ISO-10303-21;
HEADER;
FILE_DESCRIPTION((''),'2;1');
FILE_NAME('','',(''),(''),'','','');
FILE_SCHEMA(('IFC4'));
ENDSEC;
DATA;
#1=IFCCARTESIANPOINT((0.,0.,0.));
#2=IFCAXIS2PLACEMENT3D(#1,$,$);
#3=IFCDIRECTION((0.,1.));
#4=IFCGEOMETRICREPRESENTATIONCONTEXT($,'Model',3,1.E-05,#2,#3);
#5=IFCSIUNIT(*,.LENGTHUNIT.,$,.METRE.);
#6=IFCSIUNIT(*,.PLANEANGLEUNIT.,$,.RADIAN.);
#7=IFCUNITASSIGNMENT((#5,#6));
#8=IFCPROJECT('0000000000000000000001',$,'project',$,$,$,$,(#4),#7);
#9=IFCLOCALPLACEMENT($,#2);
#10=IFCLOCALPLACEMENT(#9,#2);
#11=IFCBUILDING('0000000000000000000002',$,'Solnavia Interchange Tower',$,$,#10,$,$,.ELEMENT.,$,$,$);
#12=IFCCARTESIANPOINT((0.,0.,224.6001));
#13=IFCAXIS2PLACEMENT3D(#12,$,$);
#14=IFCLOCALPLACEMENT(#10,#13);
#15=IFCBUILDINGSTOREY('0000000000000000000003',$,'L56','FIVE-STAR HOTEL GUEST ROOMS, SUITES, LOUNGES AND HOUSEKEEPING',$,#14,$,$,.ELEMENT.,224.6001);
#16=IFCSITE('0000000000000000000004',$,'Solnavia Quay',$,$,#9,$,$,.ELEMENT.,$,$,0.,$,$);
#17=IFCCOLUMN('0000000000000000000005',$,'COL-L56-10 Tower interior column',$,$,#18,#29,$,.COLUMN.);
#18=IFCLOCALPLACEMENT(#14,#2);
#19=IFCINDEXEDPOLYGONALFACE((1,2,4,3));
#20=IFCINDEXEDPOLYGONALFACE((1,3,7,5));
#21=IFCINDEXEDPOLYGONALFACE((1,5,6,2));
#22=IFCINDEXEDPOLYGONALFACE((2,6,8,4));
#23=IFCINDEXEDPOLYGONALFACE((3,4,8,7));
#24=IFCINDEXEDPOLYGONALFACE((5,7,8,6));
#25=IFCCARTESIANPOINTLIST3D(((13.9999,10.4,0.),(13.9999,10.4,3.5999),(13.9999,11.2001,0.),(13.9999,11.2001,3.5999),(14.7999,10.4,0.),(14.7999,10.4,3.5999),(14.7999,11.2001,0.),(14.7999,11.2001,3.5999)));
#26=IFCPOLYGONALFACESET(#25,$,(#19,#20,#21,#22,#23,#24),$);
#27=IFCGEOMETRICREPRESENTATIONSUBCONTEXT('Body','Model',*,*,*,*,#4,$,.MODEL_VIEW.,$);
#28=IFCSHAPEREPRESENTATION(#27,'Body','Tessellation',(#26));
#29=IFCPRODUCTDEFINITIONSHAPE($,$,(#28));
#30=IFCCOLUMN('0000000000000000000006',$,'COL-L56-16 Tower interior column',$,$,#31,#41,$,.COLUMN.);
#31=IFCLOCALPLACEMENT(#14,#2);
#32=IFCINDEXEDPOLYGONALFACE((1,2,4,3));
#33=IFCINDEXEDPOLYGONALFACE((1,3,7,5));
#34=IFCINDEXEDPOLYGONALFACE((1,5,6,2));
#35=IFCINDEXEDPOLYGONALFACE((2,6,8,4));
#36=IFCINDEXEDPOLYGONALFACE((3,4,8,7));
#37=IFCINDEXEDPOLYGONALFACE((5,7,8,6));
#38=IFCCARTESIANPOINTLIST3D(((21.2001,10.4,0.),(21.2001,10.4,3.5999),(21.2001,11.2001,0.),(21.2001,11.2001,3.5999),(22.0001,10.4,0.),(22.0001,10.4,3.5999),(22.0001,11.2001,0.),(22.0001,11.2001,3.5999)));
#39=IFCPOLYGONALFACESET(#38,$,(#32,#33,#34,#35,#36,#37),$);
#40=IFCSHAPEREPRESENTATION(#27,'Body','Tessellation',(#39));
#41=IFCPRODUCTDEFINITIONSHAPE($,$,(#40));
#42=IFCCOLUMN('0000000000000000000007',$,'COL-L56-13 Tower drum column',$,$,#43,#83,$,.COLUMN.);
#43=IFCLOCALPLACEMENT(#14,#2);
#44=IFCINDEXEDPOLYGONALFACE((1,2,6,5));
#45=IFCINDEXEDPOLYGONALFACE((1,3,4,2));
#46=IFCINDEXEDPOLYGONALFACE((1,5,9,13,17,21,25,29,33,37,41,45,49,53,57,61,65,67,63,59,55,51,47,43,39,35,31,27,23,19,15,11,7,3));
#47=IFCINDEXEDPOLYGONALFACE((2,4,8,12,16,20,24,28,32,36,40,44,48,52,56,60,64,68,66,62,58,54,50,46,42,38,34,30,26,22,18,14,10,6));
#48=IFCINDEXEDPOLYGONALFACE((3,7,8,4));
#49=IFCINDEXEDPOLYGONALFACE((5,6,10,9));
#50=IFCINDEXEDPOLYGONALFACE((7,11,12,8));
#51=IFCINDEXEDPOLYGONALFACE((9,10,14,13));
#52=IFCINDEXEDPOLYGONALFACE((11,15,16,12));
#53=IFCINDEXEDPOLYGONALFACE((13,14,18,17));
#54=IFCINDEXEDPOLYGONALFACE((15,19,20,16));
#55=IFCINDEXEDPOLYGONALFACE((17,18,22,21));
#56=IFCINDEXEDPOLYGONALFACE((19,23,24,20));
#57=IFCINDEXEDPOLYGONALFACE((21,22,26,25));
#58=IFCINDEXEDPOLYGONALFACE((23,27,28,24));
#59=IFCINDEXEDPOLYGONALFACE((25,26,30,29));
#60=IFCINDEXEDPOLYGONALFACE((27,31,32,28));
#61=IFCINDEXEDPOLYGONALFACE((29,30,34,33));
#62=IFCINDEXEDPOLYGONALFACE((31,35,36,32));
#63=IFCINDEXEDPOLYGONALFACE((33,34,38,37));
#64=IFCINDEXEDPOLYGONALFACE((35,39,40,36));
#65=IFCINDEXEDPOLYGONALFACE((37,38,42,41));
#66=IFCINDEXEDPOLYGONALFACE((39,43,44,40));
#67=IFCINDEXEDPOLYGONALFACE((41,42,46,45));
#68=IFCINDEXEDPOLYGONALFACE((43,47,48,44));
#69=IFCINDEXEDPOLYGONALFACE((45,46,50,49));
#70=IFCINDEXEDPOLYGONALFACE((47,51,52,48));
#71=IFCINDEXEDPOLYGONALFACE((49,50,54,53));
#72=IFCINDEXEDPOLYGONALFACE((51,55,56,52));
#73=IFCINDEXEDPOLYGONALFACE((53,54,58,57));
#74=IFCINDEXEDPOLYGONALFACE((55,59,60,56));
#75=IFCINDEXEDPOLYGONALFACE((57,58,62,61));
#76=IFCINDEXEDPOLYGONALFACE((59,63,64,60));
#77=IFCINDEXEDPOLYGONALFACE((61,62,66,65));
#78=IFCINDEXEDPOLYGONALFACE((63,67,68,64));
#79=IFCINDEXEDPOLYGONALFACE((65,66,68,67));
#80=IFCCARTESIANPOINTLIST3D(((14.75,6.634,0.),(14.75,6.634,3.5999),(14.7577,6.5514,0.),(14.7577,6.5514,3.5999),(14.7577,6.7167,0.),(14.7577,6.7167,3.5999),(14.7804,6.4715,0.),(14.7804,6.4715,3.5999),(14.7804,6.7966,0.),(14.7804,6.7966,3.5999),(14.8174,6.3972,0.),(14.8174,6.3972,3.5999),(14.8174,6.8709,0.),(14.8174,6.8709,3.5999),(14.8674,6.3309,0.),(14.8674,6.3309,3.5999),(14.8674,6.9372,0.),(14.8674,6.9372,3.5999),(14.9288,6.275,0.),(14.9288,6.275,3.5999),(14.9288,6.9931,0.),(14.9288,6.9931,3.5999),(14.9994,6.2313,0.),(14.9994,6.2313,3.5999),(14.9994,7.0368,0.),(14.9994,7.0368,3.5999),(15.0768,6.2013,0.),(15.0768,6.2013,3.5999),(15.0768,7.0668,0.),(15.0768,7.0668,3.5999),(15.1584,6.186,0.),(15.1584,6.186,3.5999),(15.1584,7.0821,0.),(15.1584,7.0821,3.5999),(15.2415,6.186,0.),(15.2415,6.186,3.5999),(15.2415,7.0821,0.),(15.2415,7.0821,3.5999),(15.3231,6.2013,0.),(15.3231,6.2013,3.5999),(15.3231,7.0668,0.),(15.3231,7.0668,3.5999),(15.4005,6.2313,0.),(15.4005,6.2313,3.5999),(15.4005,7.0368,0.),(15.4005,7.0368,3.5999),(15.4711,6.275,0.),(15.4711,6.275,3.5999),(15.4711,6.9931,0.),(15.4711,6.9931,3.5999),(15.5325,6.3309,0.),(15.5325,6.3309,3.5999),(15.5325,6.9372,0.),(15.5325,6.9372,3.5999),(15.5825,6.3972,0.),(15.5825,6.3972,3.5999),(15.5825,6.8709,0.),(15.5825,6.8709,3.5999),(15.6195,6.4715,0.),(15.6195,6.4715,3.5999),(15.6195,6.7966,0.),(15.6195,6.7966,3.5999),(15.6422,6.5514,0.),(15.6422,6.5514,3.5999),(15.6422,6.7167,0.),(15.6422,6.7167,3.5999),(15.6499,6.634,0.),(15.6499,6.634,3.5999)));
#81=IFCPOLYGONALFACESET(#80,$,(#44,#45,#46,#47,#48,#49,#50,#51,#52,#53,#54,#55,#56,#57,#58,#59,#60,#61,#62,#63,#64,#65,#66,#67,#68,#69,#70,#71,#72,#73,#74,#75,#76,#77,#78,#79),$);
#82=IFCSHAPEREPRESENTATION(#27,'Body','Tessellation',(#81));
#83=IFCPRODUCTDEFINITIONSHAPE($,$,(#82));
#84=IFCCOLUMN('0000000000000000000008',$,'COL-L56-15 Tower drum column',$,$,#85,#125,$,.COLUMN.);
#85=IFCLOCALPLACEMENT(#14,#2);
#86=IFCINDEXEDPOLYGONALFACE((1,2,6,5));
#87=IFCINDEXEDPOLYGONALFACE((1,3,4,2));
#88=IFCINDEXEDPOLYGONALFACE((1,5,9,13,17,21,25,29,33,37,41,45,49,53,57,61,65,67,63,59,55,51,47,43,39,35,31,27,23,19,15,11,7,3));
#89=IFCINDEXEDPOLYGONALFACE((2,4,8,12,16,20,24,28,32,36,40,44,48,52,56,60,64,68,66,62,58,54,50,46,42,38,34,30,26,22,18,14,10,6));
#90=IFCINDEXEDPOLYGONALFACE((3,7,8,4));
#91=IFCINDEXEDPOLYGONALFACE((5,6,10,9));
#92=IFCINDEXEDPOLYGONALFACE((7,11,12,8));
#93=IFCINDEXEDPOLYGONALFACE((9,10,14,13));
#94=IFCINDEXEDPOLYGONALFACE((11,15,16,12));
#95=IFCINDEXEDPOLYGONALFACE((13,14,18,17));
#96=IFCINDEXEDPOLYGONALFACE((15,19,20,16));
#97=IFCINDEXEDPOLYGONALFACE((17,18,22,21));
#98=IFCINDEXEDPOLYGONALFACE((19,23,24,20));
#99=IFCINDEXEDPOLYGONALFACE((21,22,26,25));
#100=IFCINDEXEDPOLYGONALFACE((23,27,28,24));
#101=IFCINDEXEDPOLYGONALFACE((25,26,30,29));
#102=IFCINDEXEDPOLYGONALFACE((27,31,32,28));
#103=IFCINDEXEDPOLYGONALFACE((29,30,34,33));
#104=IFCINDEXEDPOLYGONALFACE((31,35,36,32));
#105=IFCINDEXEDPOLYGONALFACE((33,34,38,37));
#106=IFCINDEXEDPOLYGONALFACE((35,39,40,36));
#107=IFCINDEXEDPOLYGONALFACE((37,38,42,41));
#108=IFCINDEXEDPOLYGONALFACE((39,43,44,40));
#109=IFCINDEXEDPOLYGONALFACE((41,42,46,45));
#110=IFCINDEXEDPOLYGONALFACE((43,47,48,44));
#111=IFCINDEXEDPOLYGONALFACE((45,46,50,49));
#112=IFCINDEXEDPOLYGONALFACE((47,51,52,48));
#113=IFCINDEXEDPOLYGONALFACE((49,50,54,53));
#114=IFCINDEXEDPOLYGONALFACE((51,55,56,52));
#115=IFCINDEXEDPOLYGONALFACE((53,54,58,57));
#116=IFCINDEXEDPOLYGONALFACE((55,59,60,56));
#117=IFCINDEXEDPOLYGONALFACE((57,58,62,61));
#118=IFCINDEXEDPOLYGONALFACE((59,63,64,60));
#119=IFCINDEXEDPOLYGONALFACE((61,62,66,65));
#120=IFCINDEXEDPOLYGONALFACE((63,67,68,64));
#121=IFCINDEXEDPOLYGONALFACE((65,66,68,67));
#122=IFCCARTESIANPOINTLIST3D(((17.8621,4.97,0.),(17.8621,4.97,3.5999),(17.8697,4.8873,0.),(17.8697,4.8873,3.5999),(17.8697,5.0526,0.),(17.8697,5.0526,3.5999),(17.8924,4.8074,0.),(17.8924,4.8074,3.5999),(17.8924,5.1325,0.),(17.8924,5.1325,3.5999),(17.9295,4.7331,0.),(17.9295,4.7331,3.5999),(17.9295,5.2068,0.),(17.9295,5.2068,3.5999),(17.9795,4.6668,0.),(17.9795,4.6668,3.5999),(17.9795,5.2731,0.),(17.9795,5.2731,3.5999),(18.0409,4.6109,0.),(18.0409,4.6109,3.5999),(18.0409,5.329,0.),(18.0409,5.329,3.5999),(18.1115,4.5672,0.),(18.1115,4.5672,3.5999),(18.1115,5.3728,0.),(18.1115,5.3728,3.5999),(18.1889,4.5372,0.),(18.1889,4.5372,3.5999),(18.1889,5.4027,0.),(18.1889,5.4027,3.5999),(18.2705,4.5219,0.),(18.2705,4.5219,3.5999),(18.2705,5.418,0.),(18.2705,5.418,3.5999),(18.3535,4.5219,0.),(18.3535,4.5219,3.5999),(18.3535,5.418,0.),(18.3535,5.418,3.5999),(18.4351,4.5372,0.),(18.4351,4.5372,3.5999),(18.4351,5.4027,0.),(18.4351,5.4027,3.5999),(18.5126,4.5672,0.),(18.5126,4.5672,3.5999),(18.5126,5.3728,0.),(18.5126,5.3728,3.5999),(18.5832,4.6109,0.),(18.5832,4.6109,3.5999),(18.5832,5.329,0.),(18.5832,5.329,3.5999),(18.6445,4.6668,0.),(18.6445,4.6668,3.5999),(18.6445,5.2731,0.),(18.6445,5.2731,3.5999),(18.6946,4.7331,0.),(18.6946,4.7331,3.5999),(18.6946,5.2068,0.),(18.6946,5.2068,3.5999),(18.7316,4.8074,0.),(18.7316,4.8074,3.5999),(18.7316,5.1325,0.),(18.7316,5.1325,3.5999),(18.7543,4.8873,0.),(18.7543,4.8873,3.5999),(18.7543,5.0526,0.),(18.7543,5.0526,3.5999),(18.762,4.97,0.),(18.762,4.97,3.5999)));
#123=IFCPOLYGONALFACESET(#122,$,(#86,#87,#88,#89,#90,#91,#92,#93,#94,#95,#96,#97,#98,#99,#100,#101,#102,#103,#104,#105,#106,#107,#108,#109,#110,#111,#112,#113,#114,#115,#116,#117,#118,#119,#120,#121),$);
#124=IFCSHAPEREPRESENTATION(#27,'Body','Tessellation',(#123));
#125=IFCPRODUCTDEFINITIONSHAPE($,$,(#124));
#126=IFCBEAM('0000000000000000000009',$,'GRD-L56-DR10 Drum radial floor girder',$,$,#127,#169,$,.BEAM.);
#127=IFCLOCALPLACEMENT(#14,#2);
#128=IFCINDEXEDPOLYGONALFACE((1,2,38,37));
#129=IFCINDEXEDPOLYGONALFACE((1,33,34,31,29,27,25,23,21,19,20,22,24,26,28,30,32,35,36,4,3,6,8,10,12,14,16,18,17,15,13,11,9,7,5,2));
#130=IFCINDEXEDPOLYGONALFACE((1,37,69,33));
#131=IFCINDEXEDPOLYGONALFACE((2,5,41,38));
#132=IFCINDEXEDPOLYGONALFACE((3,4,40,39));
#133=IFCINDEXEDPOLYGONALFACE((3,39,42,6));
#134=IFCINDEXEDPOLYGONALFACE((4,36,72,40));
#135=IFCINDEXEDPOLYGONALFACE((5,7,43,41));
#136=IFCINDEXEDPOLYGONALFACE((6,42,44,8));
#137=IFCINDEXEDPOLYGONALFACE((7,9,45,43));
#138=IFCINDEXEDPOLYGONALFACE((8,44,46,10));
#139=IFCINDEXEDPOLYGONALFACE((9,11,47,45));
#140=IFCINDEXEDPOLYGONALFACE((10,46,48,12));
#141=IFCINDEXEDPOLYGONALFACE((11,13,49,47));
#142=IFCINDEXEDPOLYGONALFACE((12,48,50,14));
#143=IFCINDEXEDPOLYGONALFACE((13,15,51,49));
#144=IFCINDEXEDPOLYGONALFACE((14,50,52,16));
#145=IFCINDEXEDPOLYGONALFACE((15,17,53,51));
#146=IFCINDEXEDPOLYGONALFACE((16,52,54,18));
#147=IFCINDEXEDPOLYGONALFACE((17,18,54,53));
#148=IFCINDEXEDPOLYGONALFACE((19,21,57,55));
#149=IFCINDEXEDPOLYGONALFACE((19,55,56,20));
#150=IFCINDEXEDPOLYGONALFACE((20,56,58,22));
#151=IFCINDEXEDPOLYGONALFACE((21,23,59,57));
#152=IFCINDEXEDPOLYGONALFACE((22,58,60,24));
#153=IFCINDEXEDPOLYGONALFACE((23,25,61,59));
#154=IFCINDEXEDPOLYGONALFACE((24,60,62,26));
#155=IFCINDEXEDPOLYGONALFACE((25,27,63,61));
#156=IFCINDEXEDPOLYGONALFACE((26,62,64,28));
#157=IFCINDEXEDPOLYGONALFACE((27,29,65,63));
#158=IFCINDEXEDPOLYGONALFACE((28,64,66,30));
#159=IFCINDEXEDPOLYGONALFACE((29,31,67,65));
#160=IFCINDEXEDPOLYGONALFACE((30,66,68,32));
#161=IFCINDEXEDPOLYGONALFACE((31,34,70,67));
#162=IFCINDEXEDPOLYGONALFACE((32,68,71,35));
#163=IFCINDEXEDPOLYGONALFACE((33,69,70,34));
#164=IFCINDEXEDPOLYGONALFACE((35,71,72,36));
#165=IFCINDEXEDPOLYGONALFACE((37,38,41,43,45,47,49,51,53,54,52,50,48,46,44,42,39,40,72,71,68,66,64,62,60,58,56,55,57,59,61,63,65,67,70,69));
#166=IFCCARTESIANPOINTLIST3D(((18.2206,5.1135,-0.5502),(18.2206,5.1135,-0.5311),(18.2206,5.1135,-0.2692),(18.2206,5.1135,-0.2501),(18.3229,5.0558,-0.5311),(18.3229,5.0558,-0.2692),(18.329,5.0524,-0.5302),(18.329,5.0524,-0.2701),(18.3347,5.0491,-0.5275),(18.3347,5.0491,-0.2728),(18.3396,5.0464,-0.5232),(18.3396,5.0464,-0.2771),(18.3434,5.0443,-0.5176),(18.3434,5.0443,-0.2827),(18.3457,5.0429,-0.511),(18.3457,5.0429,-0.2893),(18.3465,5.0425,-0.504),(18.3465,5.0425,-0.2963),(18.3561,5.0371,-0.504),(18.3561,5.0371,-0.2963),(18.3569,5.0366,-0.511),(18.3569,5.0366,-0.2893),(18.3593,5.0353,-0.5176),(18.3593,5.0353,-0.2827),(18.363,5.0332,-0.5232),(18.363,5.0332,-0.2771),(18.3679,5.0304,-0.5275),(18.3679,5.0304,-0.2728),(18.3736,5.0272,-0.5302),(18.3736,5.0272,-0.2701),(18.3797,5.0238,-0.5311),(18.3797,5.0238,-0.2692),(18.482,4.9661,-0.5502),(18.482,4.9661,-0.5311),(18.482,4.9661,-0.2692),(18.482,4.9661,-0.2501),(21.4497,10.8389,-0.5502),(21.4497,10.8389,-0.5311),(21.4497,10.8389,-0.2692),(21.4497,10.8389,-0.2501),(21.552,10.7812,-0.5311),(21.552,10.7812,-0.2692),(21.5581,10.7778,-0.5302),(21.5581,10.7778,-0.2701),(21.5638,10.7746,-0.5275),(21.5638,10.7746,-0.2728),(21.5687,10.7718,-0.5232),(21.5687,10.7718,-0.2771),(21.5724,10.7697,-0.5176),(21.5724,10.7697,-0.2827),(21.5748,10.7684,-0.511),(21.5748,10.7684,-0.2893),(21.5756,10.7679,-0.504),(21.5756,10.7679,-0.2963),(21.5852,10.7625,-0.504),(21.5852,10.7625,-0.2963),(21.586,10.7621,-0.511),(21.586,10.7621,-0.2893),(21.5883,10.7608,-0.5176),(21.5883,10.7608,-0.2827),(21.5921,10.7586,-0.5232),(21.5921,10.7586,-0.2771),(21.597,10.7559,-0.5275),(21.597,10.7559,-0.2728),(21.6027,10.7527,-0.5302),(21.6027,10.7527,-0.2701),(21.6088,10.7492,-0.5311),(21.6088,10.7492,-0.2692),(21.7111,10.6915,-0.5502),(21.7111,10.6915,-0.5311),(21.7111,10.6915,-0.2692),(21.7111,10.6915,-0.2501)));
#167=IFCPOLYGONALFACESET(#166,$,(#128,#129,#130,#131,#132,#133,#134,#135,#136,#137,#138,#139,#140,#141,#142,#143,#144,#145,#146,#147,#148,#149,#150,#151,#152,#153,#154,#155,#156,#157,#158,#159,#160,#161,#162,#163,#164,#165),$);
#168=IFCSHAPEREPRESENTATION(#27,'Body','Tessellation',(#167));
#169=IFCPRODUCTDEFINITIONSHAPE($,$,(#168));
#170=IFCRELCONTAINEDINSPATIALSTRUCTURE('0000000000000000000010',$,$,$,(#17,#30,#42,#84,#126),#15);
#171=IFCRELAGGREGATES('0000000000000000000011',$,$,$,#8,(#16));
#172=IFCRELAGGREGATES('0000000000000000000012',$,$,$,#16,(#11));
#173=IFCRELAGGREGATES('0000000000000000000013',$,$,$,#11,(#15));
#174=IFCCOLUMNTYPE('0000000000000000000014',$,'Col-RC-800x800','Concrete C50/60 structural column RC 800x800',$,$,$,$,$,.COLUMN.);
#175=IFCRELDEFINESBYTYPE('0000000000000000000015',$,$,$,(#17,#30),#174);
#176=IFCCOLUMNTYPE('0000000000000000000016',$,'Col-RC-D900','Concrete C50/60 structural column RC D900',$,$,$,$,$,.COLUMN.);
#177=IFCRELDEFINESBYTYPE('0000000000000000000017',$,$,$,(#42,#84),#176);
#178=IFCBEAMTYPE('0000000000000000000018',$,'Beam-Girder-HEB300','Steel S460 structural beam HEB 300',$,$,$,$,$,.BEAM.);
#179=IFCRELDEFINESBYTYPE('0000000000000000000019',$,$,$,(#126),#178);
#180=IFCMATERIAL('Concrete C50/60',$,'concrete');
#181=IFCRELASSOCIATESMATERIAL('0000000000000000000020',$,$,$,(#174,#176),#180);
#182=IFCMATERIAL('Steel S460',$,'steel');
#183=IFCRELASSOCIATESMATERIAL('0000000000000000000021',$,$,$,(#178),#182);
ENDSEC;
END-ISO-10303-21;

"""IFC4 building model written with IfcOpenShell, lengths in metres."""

from ifc_helpers import new_model, si_unit, direction, frame, origin, origin_2d, place, context, subcontext, project, spatial, rectangle, circle, i_section, extrude, material, material_profile, profile_set, type_object, element, save


model = new_model("IFC4")

# Units and contexts
model_context = context("Model", 3, precision=1e-05, world=origin(), true_north=direction((0.0, 1.0)))
body_context = subcontext(model_context, "Body", "Model", "MODEL_VIEW")
ifc_project = project(units=[si_unit("LENGTHUNIT", "METRE"), si_unit("PLANEANGLEUNIT", "RADIAN")], contexts=[model_context])

# Site, building, storey
site_placement = place(None, origin())
site = spatial("IfcSite", under=ifc_project, at=site_placement, Name="Solnavia Quay", CompositionType="ELEMENT", RefElevation=0.0)
building_placement = place(site_placement, origin())
building = spatial("IfcBuilding", under=site, at=building_placement, Name="Solnavia Interchange Tower", CompositionType="ELEMENT")
storey_placement = place(building_placement, frame((0.0, 0.0, 224.6001)))
storey = spatial("IfcBuildingStorey", under=building, at=storey_placement, Name="L56", Description="FIVE-STAR HOTEL GUEST ROOMS, SUITES, LOUNGES AND HOUSEKEEPING", CompositionType="ELEMENT", Elevation=224.6001)

# Columns
ifc_material_1 = material(Name="Concrete C50/60", Category="concrete")
ifc_material_profile_1 = material_profile(ifc_material_1, rectangle(XDim=0.8, YDim=0.8, at=origin_2d()), Name="RC 800x800")
ifc_profile_set_1 = profile_set([ifc_material_profile_1], Name="Concrete C50/60")
column_type_1 = type_object("IfcColumnType", Name="Col-RC-800x800", Description="Concrete C50/60 structural column RC 800x800", PredefinedType="COLUMN", material=ifc_profile_set_1)
for number, where, z_axis, x_axis, name in (
    (1, (14.3999, 10.8, 0.0), (0.0, 0.0, 1.0), (1.0, 0.0, 0.0), "COL-L56-10 Tower interior column"),
    (2, (21.6001, 10.8, 0.0), (0.0, 0.0, 1.0), (1.0, 0.0, 0.0), "COL-L56-16 Tower interior column"),
):
    element("IfcColumn", number, at=place(storey_placement, frame(where, z_axis=z_axis, x_axis=x_axis)), inside=storey, type_object=column_type_1, Name=name, PredefinedType="COLUMN", context=body_context, shape_type="SweptSolid", body=[
        extrude(rectangle(XDim=0.8, YDim=0.8, at=origin_2d()), origin(), (0.0, 0.0, 1.0), 3.5999),
    ])
ifc_material_profile_2 = material_profile(ifc_material_1, circle(Radius=0.45, at=origin_2d()), Name="RC D900")
ifc_profile_set_2 = profile_set([ifc_material_profile_2], Name="Concrete C50/60")
column_type_2 = type_object("IfcColumnType", Name="Col-RC-D900", Description="Concrete C50/60 structural column RC D900", PredefinedType="COLUMN", material=ifc_profile_set_2)
for number, where, z_axis, x_axis, name in (
    (3, (15.2, 6.634, 0.0), (0.0, 0.0, 1.0), (1.0, 0.0, 0.0), "COL-L56-13 Tower drum column"),
    (4, (18.312, 4.97, 0.0), (0.0, 0.0, 1.0), (1.0, 0.0, 0.0), "COL-L56-15 Tower drum column"),
):
    element("IfcColumn", number, at=place(storey_placement, frame(where, z_axis=z_axis, x_axis=x_axis)), inside=storey, type_object=column_type_2, Name=name, PredefinedType="COLUMN", context=body_context, shape_type="SweptSolid", body=[
        extrude(circle(Radius=0.45, at=origin_2d()), origin(), (0.0, 0.0, 1.0), 3.5999),
    ])

# Beam
ifc_material_2 = material(Name="Steel S460", Category="steel")
ifc_material_profile_3 = material_profile(ifc_material_2, i_section(OverallWidth=0.3, OverallDepth=0.3, WebThickness=0.011, FlangeThickness=0.019, FilletRadius=0.0271, at=origin_2d()), Name="HEB 300")
ifc_profile_set_3 = profile_set([ifc_material_profile_3], Name="Steel S460")
beam_type_1 = type_object("IfcBeamType", Name="Beam-Girder-HEB300", Description="Steel S460 structural beam HEB 300", PredefinedType="BEAM", material=ifc_profile_set_3)
beam_1_placement = place(storey_placement, frame((18.3513, 5.0398, -0.4001), z_axis=(0.491243, 0.871022, 0.0), x_axis=(-0.871022, 0.491243, 0.0)))
element("IfcBeam", 5, at=beam_1_placement, inside=storey, type_object=beam_type_1, Name="GRD-L56-DR10 Drum radial floor girder", PredefinedType="BEAM", context=body_context, shape_type="SweptSolid", body=[
    extrude(i_section(OverallWidth=0.3, OverallDepth=0.3, WebThickness=0.011, FlangeThickness=0.019, FilletRadius=0.0271, at=origin_2d()), origin(), (0.0, 0.0, 1.0), 6.5732),
])

save(model, "model.ifc")
